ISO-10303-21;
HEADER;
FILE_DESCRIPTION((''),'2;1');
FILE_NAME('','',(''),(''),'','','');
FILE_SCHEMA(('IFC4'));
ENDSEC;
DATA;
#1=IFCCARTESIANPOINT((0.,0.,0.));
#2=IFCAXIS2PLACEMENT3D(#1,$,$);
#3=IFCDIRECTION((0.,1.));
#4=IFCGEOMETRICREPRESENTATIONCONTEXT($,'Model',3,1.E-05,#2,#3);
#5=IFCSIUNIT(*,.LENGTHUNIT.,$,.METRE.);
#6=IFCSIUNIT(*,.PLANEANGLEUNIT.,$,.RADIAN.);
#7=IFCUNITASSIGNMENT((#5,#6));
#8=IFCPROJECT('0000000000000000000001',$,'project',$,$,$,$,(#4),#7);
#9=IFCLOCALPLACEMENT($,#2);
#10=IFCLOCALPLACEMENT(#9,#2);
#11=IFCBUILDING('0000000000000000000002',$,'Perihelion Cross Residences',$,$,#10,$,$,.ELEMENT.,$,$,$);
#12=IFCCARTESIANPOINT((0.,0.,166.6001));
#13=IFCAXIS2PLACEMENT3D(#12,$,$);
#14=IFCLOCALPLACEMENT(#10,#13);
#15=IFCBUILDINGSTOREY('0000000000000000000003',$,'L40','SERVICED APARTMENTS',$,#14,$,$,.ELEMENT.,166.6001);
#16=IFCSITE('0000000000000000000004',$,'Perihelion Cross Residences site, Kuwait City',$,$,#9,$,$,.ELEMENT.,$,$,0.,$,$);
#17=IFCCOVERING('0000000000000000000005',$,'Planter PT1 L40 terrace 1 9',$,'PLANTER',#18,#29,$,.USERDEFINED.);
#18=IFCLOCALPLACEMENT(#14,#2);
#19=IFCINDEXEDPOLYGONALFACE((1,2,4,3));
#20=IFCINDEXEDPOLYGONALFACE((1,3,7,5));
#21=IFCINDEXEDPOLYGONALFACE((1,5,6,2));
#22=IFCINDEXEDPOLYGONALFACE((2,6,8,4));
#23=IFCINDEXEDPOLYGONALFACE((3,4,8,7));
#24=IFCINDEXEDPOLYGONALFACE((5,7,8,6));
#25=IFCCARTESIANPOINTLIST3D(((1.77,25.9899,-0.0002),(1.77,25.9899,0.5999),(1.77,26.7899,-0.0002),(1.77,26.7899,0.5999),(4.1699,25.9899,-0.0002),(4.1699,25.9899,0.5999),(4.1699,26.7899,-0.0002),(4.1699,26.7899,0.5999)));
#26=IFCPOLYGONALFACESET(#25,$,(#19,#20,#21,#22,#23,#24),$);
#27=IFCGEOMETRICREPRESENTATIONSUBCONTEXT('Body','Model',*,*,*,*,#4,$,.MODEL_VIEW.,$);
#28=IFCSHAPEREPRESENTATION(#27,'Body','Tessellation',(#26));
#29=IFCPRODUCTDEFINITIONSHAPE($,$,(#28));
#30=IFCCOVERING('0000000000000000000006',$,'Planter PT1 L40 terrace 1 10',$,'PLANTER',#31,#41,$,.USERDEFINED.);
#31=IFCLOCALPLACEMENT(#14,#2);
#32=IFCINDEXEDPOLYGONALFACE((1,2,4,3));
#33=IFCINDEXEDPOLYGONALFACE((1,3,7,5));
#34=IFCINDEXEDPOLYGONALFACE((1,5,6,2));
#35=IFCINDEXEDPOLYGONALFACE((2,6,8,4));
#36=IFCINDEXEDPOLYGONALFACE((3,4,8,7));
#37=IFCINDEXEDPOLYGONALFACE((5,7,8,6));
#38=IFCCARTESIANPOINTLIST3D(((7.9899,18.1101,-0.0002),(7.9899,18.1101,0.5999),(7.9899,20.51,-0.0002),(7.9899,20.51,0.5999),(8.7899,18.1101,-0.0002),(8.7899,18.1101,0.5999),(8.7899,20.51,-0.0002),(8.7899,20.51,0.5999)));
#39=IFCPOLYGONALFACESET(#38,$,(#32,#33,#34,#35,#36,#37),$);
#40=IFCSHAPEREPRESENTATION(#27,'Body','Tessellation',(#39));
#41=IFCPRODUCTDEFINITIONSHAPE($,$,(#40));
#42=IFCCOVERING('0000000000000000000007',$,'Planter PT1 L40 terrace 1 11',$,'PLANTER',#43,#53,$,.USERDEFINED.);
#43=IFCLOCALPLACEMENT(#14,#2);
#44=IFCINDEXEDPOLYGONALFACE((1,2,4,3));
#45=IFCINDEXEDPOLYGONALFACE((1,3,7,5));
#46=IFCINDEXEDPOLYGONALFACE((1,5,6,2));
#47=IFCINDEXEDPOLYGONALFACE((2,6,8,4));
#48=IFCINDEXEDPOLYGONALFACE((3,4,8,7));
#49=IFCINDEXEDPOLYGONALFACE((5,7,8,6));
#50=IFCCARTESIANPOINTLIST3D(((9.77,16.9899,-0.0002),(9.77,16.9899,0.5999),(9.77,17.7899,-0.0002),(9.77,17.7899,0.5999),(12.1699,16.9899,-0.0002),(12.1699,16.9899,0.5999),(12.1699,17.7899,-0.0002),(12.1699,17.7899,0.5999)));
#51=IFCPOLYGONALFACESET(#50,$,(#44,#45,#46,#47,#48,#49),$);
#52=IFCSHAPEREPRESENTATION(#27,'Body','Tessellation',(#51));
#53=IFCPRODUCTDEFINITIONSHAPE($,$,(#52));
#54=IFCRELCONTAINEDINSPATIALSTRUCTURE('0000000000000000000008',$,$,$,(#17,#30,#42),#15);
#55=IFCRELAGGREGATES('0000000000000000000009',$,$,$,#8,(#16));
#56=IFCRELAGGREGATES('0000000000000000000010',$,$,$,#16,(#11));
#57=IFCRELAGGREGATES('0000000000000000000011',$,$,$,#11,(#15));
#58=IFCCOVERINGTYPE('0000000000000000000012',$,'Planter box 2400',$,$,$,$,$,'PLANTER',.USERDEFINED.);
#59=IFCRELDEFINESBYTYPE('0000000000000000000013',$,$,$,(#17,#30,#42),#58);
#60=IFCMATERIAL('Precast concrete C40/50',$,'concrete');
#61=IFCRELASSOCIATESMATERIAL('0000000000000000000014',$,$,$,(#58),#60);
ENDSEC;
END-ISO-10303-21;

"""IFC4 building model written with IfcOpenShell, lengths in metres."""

from ifc_helpers import new_model, si_unit, direction, frame, origin, origin_2d, place, context, subcontext, project, spatial, rectangle, extrude, material, type_object, element, save


model = new_model("IFC4")

# Units and contexts
model_context = context("Model", 3, precision=1e-05, world=origin(), true_north=direction((0.0, 1.0)))
body_context = subcontext(model_context, "Body", "Model", "MODEL_VIEW")
ifc_project = project(units=[si_unit("LENGTHUNIT", "METRE"), si_unit("PLANEANGLEUNIT", "RADIAN")], contexts=[model_context])

# Site, building, storey
site_placement = place(None, origin())
site = spatial("IfcSite", under=ifc_project, at=site_placement, Name="Perihelion Cross Residences site, Kuwait City", CompositionType="ELEMENT", RefElevation=0.0)
building_placement = place(site_placement, origin())
building = spatial("IfcBuilding", under=site, at=building_placement, Name="Perihelion Cross Residences", CompositionType="ELEMENT")
storey_placement = place(building_placement, frame((0.0, 0.0, 166.6001)))
storey = spatial("IfcBuildingStorey", under=building, at=storey_placement, Name="L40", Description="SERVICED APARTMENTS", CompositionType="ELEMENT", Elevation=166.6001)

# Coverings
ifc_material_1 = material(Name="Precast concrete C40/50", Category="concrete")
covering_type = type_object("IfcCoveringType", Name="Planter box 2400", ElementType="PLANTER", PredefinedType="USERDEFINED", material=ifc_material_1)
for number, where, z_axis, x_axis, name in (
    (1, (2.97, 26.3899, -0.0002), (0.0, 0.0, 1.0), (1.0, 0.0, 0.0), "Planter PT1 L40 terrace 1 9"),
    (2, (8.3899, 19.3101, -0.0002), (0.0, 0.0, 1.0), (0.0, -1.0, 0.0), "Planter PT1 L40 terrace 1 10"),
    (3, (10.97, 17.3899, -0.0002), (0.0, 0.0, 1.0), (1.0, 0.0, 0.0), "Planter PT1 L40 terrace 1 11"),
):
    element("IfcCovering", number, at=place(storey_placement, frame(where, z_axis=z_axis, x_axis=x_axis)), inside=storey, type_object=covering_type, Name=name, ObjectType="PLANTER", PredefinedType="USERDEFINED", context=body_context, shape_type="SweptSolid", body=[
        extrude(rectangle(XDim=2.3999, YDim=0.8, at=origin_2d()), origin(), (0.0, 0.0, 1.0), 0.6001),
    ])

save(model, "model.ifc")
